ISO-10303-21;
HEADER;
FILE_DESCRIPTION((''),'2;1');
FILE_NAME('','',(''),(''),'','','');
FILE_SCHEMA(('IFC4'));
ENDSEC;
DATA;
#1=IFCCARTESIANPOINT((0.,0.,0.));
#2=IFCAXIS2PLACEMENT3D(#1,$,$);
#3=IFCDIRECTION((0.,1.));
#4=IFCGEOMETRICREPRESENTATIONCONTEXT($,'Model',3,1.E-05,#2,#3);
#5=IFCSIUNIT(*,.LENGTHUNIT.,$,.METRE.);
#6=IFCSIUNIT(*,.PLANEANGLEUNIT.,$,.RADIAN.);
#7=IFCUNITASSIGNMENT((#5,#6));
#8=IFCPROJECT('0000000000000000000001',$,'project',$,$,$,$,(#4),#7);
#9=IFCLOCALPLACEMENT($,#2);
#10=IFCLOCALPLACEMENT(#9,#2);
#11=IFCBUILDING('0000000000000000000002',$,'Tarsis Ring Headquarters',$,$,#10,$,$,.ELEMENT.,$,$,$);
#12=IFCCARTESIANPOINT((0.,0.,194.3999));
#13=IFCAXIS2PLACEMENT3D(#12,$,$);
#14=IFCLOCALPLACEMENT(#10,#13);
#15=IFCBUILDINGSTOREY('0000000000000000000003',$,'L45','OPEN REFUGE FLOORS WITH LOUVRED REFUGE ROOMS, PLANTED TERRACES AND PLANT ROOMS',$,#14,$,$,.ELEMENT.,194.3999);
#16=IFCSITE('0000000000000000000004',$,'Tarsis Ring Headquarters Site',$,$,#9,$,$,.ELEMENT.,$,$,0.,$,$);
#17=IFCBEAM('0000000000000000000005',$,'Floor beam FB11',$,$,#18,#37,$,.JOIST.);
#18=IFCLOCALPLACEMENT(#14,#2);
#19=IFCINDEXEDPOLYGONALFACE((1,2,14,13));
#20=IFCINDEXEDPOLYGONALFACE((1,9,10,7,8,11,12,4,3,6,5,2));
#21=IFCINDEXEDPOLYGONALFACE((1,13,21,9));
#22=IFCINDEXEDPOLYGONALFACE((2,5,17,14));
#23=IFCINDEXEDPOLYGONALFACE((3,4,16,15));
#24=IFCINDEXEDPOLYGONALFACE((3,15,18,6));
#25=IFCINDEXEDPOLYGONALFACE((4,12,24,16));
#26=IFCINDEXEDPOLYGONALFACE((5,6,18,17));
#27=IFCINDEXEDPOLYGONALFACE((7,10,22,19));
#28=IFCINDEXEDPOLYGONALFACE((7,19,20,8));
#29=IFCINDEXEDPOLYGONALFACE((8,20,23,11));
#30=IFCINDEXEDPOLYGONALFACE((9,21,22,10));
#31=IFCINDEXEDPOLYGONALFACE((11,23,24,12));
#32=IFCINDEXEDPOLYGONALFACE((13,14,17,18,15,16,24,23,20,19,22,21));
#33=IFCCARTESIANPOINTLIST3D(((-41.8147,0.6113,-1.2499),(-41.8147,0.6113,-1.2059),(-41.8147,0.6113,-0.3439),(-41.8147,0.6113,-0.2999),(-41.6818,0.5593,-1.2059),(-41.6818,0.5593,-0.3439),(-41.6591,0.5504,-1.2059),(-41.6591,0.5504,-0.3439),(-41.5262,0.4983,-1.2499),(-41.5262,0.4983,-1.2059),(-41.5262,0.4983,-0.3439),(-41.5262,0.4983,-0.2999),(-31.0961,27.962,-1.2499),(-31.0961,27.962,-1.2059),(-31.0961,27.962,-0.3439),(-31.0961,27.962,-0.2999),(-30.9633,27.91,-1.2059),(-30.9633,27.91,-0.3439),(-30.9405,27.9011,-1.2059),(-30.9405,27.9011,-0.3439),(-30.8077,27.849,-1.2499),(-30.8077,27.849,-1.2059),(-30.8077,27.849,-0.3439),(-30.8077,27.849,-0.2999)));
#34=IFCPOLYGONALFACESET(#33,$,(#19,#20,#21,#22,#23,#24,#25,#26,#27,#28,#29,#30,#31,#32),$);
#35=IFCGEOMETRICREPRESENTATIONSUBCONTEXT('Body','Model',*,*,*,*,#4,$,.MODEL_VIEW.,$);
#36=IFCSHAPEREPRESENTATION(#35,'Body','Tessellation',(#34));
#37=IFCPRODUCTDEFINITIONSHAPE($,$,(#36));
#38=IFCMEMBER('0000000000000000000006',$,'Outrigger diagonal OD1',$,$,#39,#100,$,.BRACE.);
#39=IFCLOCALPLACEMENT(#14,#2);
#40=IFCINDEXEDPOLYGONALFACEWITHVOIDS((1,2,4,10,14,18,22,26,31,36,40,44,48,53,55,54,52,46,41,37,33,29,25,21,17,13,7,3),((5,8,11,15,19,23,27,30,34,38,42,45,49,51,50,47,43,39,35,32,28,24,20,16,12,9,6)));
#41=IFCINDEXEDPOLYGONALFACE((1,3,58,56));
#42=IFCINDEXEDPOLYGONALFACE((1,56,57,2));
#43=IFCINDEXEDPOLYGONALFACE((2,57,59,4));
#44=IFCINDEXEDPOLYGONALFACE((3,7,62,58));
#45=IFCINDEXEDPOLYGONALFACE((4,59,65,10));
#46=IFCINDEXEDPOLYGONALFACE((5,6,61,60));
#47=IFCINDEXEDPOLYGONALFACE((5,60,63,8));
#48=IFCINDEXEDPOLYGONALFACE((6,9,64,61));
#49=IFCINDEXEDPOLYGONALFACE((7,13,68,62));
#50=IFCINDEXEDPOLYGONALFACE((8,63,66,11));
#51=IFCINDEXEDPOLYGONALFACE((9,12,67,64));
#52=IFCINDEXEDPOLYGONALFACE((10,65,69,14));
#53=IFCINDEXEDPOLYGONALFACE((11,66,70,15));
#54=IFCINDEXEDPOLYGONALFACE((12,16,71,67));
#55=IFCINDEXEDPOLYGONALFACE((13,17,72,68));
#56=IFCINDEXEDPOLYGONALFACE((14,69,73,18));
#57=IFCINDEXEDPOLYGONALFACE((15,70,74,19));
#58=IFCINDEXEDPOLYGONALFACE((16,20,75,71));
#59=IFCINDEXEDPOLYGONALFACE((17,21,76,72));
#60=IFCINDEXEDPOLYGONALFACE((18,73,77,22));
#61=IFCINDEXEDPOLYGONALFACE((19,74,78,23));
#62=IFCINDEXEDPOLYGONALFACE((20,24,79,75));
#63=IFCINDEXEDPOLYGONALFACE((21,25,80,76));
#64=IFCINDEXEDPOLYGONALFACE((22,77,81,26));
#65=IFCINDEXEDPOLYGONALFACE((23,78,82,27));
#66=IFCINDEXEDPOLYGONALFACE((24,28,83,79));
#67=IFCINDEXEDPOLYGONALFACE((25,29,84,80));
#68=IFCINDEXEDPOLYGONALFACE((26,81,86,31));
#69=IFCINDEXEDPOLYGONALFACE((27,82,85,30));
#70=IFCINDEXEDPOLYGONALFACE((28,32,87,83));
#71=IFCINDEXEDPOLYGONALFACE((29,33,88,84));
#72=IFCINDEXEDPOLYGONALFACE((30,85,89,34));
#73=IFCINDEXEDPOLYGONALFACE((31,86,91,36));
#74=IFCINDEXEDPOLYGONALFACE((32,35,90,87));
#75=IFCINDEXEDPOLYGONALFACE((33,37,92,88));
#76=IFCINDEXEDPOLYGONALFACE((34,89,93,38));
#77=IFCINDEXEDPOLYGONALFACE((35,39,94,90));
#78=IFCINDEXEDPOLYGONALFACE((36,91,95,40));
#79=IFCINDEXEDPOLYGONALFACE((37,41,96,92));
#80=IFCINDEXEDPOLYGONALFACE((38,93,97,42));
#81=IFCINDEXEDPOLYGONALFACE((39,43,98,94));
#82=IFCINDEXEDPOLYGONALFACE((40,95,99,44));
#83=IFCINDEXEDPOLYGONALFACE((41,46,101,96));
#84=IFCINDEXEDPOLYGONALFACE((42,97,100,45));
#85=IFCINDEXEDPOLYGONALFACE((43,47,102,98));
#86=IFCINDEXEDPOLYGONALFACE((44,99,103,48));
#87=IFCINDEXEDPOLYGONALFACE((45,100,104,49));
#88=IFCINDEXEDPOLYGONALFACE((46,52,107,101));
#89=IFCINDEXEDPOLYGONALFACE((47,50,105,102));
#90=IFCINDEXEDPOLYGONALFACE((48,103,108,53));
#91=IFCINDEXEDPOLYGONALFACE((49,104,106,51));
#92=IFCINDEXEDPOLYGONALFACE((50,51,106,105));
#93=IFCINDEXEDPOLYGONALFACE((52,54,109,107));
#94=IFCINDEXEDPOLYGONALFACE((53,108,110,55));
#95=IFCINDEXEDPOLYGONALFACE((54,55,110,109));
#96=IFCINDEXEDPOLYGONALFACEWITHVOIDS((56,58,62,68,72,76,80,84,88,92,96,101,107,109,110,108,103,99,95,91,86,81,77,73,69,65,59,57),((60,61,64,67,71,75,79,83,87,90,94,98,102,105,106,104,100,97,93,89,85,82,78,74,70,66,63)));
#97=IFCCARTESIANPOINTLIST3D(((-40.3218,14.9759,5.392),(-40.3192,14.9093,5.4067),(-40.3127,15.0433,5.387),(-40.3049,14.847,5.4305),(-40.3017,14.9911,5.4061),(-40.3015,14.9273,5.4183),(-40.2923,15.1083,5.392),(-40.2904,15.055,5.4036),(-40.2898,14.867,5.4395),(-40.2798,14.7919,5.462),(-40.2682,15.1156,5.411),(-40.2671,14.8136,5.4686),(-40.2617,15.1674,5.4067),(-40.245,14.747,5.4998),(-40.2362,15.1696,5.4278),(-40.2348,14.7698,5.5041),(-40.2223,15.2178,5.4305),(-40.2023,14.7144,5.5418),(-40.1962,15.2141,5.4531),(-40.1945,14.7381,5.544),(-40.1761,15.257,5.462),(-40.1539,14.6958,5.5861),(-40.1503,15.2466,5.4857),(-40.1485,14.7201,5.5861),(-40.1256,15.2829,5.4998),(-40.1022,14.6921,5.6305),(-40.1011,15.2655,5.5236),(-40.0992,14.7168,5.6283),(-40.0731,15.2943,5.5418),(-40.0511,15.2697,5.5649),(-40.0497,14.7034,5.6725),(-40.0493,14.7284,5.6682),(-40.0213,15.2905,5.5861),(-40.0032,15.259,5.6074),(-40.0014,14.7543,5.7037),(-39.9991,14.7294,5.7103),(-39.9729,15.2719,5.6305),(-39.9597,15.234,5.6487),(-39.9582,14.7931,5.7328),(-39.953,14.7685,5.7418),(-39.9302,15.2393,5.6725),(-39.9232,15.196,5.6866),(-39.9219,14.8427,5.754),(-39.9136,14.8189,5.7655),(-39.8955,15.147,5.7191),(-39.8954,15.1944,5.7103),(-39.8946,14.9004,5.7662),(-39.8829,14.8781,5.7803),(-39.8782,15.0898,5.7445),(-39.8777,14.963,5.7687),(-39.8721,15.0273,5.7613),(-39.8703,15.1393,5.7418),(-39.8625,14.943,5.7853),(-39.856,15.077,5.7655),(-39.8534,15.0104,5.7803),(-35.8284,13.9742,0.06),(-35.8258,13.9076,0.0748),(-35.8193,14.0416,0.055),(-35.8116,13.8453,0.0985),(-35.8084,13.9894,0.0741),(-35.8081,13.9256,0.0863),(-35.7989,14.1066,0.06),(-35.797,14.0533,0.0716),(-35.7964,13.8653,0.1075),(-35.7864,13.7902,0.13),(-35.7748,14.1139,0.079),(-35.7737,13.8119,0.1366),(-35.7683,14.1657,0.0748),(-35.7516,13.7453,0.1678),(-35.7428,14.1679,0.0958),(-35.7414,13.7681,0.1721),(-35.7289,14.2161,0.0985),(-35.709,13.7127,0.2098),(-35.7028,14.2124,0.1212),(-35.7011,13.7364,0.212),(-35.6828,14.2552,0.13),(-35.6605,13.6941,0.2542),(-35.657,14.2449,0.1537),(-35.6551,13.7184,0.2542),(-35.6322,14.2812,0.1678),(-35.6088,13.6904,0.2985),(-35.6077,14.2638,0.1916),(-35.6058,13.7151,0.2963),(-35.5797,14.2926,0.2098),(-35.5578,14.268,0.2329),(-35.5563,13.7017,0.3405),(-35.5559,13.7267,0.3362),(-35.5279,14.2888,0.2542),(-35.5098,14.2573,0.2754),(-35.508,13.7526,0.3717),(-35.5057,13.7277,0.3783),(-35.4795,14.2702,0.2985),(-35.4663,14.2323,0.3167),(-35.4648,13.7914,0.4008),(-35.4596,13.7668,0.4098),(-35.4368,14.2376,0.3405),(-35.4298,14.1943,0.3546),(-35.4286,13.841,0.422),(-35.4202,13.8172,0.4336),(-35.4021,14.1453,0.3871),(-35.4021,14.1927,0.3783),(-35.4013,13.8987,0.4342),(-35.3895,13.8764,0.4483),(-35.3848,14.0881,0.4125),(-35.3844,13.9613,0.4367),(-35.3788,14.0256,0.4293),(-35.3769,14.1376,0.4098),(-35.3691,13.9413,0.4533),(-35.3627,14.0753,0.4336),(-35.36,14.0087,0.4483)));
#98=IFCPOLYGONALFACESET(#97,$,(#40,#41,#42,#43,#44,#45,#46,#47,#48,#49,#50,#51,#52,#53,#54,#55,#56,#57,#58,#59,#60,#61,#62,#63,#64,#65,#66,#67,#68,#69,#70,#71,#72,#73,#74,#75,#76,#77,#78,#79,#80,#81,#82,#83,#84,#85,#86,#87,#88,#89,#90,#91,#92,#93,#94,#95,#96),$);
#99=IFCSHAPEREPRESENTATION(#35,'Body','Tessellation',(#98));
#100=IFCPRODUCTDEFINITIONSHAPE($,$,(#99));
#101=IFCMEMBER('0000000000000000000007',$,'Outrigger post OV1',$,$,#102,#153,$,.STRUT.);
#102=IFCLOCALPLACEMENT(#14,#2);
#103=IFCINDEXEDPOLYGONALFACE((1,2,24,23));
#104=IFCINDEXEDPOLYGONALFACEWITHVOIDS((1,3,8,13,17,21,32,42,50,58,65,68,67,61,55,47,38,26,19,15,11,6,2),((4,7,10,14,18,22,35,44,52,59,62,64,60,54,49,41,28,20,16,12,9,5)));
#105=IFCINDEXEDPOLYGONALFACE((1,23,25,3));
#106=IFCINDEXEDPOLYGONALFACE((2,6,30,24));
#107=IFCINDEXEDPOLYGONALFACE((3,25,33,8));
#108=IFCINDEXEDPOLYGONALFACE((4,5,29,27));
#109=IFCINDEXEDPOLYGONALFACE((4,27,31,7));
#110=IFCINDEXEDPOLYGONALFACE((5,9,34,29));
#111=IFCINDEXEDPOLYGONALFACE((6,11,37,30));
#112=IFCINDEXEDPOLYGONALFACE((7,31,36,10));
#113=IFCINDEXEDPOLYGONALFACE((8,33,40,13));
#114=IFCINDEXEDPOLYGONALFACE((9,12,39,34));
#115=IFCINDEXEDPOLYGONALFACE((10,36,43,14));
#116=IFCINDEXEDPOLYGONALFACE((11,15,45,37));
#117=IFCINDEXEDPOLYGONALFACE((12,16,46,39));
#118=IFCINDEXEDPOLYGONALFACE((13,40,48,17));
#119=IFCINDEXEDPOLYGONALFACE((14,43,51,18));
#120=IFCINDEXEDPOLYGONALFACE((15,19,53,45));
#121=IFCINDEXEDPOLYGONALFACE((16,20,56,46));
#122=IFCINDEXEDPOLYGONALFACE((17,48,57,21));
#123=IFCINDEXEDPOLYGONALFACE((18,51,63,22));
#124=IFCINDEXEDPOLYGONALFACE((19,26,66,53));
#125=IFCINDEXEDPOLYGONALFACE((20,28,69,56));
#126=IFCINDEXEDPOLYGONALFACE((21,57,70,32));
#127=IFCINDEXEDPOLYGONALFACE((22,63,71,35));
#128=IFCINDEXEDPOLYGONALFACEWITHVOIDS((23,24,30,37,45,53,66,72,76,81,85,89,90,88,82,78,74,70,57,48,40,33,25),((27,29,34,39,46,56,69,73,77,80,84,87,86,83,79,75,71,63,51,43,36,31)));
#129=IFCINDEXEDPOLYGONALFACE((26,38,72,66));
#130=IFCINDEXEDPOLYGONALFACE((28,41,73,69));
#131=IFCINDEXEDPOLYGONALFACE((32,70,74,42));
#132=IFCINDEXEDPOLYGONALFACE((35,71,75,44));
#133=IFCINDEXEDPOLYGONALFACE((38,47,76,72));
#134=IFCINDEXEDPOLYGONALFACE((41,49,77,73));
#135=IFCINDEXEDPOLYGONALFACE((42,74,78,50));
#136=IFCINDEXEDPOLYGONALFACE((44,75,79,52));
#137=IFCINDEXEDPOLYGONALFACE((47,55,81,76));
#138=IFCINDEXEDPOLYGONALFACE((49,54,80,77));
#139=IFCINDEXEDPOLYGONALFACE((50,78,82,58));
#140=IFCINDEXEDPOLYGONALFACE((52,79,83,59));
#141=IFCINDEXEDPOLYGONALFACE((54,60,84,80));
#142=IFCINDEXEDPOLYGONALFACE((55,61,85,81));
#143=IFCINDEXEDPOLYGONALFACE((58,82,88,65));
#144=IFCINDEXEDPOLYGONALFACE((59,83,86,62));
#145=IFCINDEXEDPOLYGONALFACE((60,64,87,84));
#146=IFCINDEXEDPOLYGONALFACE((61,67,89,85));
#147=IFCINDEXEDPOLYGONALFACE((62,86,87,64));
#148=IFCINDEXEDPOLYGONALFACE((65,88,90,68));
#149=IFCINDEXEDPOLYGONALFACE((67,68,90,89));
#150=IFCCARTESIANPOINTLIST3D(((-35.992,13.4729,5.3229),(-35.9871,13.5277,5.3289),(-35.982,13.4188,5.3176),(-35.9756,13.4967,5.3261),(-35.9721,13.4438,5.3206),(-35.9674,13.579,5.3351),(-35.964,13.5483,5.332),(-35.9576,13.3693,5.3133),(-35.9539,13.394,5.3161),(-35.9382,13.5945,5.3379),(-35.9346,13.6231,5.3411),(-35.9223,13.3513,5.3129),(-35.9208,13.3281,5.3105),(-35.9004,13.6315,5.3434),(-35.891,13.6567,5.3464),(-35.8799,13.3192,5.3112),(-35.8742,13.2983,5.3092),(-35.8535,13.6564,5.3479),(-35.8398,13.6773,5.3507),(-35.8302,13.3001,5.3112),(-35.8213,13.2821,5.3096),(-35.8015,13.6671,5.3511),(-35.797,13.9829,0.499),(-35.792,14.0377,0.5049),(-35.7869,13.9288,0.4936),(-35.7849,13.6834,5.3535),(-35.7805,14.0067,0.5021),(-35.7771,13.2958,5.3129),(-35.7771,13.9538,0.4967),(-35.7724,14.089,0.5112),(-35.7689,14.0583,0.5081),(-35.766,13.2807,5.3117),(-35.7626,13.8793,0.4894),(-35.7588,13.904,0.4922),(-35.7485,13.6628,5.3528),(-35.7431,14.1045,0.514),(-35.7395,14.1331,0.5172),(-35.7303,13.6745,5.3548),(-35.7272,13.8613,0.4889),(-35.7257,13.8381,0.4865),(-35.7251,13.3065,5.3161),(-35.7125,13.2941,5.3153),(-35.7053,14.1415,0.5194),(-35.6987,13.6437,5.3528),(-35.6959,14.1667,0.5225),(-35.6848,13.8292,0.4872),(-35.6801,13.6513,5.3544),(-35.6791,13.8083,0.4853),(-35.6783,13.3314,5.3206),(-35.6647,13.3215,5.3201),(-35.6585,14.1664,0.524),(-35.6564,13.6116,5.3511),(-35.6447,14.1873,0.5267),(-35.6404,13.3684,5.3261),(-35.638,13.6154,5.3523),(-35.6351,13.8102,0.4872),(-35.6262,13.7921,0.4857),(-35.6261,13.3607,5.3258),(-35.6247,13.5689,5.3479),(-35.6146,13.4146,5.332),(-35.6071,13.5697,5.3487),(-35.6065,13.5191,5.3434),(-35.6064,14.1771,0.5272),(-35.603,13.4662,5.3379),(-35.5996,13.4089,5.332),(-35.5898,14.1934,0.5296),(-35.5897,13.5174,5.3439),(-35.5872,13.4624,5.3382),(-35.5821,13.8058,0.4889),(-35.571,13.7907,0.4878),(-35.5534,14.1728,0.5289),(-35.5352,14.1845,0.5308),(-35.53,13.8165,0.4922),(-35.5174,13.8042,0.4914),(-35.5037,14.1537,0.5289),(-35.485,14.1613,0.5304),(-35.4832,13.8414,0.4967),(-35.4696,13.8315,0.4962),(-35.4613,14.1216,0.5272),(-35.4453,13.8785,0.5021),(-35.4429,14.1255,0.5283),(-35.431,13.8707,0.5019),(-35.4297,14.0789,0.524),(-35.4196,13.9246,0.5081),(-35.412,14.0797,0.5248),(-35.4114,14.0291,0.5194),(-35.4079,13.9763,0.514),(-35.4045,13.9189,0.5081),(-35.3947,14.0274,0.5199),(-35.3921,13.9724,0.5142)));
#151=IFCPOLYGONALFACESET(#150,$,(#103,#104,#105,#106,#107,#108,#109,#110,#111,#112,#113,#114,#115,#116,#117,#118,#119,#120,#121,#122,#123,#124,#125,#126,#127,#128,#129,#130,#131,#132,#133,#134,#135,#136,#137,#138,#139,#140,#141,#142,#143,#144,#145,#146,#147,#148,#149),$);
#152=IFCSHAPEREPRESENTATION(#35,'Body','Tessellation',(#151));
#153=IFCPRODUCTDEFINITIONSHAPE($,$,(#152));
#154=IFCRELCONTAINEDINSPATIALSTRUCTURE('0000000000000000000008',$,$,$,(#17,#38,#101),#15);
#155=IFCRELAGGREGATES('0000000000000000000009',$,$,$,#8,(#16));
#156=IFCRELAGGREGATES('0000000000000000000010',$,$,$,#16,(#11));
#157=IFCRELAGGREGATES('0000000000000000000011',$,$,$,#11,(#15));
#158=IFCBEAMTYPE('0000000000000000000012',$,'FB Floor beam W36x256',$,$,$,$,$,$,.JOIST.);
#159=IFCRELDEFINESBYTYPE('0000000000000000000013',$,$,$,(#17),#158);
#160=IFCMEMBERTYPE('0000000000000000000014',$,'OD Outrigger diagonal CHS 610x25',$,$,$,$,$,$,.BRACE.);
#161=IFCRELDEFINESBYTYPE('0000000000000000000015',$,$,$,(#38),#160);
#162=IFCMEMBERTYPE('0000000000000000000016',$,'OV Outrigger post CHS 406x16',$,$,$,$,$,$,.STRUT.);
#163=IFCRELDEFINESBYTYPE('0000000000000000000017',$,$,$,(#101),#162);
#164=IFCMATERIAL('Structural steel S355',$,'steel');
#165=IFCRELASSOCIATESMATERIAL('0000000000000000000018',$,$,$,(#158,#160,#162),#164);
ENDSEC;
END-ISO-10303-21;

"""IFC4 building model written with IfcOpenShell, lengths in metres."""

from ifc_helpers import new_model, si_unit, direction, frame, origin, origin_2d, place, context, subcontext, project, spatial, hollow_circle, i_section, extrude, material, material_profile, profile_set, type_object, element, save


model = new_model("IFC4")

# Units and contexts
model_context = context("Model", 3, precision=1e-05, world=origin(), true_north=direction((0.0, 1.0)))
body_context = subcontext(model_context, "Body", "Model", "MODEL_VIEW")
ifc_project = project(units=[si_unit("LENGTHUNIT", "METRE"), si_unit("PLANEANGLEUNIT", "RADIAN")], contexts=[model_context])

# Site, building, storey
site_placement = place(None, origin())
site = spatial("IfcSite", under=ifc_project, at=site_placement, Name="Tarsis Ring Headquarters Site", CompositionType="ELEMENT", RefElevation=0.0)
building_placement = place(site_placement, origin())
building = spatial("IfcBuilding", under=site, at=building_placement, Name="Tarsis Ring Headquarters", CompositionType="ELEMENT")
storey_placement = place(building_placement, frame((0.0, 0.0, 194.3999)))
storey = spatial("IfcBuildingStorey", under=building, at=storey_placement, Name="L45", Description="OPEN REFUGE FLOORS WITH LOUVRED REFUGE ROOMS, PLANTED TERRACES AND PLANT ROOMS", CompositionType="ELEMENT", Elevation=194.3999)

# Shared definitions
ifc_material_1 = material(Name="Structural steel S355", Category="steel")

# Beam
ifc_material_profile_1 = material_profile(ifc_material_1, i_section(OverallWidth=0.3098, OverallDepth=0.95, WebThickness=0.0244, FlangeThickness=0.0439, at=origin_2d()), Name="W36x256")
ifc_profile_set_1 = profile_set([ifc_material_profile_1], Name="Structural steel S355")
beam_type_1 = type_object("IfcBeamType", Name="FB Floor beam W36x256", PredefinedType="JOIST", material=ifc_profile_set_1)
for number, where, z_axis, x_axis, name in (
    (1, (-30.9519, 27.9055, -0.7749), (-0.364875, -0.931057, 0.0), (0.931057, -0.364875, 0.0), "Floor beam FB11"),
):
    element("IfcBeam", number, at=place(storey_placement, frame(where, z_axis=z_axis, x_axis=x_axis)), inside=storey, type_object=beam_type_1, Name=name, PredefinedType="JOIST", context=body_context, shape_type="SweptSolid", body=[
        extrude(i_section(OverallWidth=0.3098, OverallDepth=0.95, WebThickness=0.0244, FlangeThickness=0.0439, at=origin_2d()), origin(), (0.0, 0.0, 1.0), 29.376),
    ])

# Members
ifc_material_profile_2 = material_profile(ifc_material_1, hollow_circle(Radius=0.3047, WallThickness=0.0249, at=origin_2d()), Name="CHS 610x25")
ifc_profile_set_2 = profile_set([ifc_material_profile_2], Name="Structural steel S355")
member_type_1 = type_object("IfcMemberType", Name="OD Outrigger diagonal CHS 610x25", PredefinedType="BRACE", material=ifc_profile_set_2)
member_1_placement = place(storey_placement, frame((-35.5942, 13.9915, 0.2542), z_axis=(-0.637862, 0.142198, 0.756909), x_axis=(-0.217587, -0.976041, 0.0)))
element("IfcMember", 2, at=member_1_placement, inside=storey, type_object=member_type_1, Name="Outrigger diagonal OD1", PredefinedType="BRACE", context=body_context, shape_type="SweptSolid", body=[
    extrude(hollow_circle(Radius=0.3047, WallThickness=0.0249, at=origin_2d()), origin(), (0.0, 0.0, 1.0), 7.0444),
])
ifc_material_profile_3 = material_profile(ifc_material_1, hollow_circle(Radius=0.2031, WallThickness=0.0161, at=origin_2d()), Name="CHS 406x16")
ifc_profile_set_3 = profile_set([ifc_material_profile_3], Name="Structural steel S355")
member_type_2 = type_object("IfcMemberType", Name="OV Outrigger post CHS 406x16", PredefinedType="STRUT", material=ifc_profile_set_3)
member_2_placement = place(storey_placement, frame((-35.5942, 13.9915, 0.5081), z_axis=(-0.040181, -0.105053, 0.993655), x_axis=(0.934012, -0.357241, 0.0)))
element("IfcMember", 3, at=member_2_placement, inside=storey, type_object=member_type_2, Name="Outrigger post OV1", PredefinedType="STRUT", context=body_context, shape_type="SweptSolid", body=[
    extrude(hollow_circle(Radius=0.2031, WallThickness=0.0161, at=origin_2d()), origin(), (0.0, 0.0, 1.0), 4.8547),
])

save(model, "model.ifc")
